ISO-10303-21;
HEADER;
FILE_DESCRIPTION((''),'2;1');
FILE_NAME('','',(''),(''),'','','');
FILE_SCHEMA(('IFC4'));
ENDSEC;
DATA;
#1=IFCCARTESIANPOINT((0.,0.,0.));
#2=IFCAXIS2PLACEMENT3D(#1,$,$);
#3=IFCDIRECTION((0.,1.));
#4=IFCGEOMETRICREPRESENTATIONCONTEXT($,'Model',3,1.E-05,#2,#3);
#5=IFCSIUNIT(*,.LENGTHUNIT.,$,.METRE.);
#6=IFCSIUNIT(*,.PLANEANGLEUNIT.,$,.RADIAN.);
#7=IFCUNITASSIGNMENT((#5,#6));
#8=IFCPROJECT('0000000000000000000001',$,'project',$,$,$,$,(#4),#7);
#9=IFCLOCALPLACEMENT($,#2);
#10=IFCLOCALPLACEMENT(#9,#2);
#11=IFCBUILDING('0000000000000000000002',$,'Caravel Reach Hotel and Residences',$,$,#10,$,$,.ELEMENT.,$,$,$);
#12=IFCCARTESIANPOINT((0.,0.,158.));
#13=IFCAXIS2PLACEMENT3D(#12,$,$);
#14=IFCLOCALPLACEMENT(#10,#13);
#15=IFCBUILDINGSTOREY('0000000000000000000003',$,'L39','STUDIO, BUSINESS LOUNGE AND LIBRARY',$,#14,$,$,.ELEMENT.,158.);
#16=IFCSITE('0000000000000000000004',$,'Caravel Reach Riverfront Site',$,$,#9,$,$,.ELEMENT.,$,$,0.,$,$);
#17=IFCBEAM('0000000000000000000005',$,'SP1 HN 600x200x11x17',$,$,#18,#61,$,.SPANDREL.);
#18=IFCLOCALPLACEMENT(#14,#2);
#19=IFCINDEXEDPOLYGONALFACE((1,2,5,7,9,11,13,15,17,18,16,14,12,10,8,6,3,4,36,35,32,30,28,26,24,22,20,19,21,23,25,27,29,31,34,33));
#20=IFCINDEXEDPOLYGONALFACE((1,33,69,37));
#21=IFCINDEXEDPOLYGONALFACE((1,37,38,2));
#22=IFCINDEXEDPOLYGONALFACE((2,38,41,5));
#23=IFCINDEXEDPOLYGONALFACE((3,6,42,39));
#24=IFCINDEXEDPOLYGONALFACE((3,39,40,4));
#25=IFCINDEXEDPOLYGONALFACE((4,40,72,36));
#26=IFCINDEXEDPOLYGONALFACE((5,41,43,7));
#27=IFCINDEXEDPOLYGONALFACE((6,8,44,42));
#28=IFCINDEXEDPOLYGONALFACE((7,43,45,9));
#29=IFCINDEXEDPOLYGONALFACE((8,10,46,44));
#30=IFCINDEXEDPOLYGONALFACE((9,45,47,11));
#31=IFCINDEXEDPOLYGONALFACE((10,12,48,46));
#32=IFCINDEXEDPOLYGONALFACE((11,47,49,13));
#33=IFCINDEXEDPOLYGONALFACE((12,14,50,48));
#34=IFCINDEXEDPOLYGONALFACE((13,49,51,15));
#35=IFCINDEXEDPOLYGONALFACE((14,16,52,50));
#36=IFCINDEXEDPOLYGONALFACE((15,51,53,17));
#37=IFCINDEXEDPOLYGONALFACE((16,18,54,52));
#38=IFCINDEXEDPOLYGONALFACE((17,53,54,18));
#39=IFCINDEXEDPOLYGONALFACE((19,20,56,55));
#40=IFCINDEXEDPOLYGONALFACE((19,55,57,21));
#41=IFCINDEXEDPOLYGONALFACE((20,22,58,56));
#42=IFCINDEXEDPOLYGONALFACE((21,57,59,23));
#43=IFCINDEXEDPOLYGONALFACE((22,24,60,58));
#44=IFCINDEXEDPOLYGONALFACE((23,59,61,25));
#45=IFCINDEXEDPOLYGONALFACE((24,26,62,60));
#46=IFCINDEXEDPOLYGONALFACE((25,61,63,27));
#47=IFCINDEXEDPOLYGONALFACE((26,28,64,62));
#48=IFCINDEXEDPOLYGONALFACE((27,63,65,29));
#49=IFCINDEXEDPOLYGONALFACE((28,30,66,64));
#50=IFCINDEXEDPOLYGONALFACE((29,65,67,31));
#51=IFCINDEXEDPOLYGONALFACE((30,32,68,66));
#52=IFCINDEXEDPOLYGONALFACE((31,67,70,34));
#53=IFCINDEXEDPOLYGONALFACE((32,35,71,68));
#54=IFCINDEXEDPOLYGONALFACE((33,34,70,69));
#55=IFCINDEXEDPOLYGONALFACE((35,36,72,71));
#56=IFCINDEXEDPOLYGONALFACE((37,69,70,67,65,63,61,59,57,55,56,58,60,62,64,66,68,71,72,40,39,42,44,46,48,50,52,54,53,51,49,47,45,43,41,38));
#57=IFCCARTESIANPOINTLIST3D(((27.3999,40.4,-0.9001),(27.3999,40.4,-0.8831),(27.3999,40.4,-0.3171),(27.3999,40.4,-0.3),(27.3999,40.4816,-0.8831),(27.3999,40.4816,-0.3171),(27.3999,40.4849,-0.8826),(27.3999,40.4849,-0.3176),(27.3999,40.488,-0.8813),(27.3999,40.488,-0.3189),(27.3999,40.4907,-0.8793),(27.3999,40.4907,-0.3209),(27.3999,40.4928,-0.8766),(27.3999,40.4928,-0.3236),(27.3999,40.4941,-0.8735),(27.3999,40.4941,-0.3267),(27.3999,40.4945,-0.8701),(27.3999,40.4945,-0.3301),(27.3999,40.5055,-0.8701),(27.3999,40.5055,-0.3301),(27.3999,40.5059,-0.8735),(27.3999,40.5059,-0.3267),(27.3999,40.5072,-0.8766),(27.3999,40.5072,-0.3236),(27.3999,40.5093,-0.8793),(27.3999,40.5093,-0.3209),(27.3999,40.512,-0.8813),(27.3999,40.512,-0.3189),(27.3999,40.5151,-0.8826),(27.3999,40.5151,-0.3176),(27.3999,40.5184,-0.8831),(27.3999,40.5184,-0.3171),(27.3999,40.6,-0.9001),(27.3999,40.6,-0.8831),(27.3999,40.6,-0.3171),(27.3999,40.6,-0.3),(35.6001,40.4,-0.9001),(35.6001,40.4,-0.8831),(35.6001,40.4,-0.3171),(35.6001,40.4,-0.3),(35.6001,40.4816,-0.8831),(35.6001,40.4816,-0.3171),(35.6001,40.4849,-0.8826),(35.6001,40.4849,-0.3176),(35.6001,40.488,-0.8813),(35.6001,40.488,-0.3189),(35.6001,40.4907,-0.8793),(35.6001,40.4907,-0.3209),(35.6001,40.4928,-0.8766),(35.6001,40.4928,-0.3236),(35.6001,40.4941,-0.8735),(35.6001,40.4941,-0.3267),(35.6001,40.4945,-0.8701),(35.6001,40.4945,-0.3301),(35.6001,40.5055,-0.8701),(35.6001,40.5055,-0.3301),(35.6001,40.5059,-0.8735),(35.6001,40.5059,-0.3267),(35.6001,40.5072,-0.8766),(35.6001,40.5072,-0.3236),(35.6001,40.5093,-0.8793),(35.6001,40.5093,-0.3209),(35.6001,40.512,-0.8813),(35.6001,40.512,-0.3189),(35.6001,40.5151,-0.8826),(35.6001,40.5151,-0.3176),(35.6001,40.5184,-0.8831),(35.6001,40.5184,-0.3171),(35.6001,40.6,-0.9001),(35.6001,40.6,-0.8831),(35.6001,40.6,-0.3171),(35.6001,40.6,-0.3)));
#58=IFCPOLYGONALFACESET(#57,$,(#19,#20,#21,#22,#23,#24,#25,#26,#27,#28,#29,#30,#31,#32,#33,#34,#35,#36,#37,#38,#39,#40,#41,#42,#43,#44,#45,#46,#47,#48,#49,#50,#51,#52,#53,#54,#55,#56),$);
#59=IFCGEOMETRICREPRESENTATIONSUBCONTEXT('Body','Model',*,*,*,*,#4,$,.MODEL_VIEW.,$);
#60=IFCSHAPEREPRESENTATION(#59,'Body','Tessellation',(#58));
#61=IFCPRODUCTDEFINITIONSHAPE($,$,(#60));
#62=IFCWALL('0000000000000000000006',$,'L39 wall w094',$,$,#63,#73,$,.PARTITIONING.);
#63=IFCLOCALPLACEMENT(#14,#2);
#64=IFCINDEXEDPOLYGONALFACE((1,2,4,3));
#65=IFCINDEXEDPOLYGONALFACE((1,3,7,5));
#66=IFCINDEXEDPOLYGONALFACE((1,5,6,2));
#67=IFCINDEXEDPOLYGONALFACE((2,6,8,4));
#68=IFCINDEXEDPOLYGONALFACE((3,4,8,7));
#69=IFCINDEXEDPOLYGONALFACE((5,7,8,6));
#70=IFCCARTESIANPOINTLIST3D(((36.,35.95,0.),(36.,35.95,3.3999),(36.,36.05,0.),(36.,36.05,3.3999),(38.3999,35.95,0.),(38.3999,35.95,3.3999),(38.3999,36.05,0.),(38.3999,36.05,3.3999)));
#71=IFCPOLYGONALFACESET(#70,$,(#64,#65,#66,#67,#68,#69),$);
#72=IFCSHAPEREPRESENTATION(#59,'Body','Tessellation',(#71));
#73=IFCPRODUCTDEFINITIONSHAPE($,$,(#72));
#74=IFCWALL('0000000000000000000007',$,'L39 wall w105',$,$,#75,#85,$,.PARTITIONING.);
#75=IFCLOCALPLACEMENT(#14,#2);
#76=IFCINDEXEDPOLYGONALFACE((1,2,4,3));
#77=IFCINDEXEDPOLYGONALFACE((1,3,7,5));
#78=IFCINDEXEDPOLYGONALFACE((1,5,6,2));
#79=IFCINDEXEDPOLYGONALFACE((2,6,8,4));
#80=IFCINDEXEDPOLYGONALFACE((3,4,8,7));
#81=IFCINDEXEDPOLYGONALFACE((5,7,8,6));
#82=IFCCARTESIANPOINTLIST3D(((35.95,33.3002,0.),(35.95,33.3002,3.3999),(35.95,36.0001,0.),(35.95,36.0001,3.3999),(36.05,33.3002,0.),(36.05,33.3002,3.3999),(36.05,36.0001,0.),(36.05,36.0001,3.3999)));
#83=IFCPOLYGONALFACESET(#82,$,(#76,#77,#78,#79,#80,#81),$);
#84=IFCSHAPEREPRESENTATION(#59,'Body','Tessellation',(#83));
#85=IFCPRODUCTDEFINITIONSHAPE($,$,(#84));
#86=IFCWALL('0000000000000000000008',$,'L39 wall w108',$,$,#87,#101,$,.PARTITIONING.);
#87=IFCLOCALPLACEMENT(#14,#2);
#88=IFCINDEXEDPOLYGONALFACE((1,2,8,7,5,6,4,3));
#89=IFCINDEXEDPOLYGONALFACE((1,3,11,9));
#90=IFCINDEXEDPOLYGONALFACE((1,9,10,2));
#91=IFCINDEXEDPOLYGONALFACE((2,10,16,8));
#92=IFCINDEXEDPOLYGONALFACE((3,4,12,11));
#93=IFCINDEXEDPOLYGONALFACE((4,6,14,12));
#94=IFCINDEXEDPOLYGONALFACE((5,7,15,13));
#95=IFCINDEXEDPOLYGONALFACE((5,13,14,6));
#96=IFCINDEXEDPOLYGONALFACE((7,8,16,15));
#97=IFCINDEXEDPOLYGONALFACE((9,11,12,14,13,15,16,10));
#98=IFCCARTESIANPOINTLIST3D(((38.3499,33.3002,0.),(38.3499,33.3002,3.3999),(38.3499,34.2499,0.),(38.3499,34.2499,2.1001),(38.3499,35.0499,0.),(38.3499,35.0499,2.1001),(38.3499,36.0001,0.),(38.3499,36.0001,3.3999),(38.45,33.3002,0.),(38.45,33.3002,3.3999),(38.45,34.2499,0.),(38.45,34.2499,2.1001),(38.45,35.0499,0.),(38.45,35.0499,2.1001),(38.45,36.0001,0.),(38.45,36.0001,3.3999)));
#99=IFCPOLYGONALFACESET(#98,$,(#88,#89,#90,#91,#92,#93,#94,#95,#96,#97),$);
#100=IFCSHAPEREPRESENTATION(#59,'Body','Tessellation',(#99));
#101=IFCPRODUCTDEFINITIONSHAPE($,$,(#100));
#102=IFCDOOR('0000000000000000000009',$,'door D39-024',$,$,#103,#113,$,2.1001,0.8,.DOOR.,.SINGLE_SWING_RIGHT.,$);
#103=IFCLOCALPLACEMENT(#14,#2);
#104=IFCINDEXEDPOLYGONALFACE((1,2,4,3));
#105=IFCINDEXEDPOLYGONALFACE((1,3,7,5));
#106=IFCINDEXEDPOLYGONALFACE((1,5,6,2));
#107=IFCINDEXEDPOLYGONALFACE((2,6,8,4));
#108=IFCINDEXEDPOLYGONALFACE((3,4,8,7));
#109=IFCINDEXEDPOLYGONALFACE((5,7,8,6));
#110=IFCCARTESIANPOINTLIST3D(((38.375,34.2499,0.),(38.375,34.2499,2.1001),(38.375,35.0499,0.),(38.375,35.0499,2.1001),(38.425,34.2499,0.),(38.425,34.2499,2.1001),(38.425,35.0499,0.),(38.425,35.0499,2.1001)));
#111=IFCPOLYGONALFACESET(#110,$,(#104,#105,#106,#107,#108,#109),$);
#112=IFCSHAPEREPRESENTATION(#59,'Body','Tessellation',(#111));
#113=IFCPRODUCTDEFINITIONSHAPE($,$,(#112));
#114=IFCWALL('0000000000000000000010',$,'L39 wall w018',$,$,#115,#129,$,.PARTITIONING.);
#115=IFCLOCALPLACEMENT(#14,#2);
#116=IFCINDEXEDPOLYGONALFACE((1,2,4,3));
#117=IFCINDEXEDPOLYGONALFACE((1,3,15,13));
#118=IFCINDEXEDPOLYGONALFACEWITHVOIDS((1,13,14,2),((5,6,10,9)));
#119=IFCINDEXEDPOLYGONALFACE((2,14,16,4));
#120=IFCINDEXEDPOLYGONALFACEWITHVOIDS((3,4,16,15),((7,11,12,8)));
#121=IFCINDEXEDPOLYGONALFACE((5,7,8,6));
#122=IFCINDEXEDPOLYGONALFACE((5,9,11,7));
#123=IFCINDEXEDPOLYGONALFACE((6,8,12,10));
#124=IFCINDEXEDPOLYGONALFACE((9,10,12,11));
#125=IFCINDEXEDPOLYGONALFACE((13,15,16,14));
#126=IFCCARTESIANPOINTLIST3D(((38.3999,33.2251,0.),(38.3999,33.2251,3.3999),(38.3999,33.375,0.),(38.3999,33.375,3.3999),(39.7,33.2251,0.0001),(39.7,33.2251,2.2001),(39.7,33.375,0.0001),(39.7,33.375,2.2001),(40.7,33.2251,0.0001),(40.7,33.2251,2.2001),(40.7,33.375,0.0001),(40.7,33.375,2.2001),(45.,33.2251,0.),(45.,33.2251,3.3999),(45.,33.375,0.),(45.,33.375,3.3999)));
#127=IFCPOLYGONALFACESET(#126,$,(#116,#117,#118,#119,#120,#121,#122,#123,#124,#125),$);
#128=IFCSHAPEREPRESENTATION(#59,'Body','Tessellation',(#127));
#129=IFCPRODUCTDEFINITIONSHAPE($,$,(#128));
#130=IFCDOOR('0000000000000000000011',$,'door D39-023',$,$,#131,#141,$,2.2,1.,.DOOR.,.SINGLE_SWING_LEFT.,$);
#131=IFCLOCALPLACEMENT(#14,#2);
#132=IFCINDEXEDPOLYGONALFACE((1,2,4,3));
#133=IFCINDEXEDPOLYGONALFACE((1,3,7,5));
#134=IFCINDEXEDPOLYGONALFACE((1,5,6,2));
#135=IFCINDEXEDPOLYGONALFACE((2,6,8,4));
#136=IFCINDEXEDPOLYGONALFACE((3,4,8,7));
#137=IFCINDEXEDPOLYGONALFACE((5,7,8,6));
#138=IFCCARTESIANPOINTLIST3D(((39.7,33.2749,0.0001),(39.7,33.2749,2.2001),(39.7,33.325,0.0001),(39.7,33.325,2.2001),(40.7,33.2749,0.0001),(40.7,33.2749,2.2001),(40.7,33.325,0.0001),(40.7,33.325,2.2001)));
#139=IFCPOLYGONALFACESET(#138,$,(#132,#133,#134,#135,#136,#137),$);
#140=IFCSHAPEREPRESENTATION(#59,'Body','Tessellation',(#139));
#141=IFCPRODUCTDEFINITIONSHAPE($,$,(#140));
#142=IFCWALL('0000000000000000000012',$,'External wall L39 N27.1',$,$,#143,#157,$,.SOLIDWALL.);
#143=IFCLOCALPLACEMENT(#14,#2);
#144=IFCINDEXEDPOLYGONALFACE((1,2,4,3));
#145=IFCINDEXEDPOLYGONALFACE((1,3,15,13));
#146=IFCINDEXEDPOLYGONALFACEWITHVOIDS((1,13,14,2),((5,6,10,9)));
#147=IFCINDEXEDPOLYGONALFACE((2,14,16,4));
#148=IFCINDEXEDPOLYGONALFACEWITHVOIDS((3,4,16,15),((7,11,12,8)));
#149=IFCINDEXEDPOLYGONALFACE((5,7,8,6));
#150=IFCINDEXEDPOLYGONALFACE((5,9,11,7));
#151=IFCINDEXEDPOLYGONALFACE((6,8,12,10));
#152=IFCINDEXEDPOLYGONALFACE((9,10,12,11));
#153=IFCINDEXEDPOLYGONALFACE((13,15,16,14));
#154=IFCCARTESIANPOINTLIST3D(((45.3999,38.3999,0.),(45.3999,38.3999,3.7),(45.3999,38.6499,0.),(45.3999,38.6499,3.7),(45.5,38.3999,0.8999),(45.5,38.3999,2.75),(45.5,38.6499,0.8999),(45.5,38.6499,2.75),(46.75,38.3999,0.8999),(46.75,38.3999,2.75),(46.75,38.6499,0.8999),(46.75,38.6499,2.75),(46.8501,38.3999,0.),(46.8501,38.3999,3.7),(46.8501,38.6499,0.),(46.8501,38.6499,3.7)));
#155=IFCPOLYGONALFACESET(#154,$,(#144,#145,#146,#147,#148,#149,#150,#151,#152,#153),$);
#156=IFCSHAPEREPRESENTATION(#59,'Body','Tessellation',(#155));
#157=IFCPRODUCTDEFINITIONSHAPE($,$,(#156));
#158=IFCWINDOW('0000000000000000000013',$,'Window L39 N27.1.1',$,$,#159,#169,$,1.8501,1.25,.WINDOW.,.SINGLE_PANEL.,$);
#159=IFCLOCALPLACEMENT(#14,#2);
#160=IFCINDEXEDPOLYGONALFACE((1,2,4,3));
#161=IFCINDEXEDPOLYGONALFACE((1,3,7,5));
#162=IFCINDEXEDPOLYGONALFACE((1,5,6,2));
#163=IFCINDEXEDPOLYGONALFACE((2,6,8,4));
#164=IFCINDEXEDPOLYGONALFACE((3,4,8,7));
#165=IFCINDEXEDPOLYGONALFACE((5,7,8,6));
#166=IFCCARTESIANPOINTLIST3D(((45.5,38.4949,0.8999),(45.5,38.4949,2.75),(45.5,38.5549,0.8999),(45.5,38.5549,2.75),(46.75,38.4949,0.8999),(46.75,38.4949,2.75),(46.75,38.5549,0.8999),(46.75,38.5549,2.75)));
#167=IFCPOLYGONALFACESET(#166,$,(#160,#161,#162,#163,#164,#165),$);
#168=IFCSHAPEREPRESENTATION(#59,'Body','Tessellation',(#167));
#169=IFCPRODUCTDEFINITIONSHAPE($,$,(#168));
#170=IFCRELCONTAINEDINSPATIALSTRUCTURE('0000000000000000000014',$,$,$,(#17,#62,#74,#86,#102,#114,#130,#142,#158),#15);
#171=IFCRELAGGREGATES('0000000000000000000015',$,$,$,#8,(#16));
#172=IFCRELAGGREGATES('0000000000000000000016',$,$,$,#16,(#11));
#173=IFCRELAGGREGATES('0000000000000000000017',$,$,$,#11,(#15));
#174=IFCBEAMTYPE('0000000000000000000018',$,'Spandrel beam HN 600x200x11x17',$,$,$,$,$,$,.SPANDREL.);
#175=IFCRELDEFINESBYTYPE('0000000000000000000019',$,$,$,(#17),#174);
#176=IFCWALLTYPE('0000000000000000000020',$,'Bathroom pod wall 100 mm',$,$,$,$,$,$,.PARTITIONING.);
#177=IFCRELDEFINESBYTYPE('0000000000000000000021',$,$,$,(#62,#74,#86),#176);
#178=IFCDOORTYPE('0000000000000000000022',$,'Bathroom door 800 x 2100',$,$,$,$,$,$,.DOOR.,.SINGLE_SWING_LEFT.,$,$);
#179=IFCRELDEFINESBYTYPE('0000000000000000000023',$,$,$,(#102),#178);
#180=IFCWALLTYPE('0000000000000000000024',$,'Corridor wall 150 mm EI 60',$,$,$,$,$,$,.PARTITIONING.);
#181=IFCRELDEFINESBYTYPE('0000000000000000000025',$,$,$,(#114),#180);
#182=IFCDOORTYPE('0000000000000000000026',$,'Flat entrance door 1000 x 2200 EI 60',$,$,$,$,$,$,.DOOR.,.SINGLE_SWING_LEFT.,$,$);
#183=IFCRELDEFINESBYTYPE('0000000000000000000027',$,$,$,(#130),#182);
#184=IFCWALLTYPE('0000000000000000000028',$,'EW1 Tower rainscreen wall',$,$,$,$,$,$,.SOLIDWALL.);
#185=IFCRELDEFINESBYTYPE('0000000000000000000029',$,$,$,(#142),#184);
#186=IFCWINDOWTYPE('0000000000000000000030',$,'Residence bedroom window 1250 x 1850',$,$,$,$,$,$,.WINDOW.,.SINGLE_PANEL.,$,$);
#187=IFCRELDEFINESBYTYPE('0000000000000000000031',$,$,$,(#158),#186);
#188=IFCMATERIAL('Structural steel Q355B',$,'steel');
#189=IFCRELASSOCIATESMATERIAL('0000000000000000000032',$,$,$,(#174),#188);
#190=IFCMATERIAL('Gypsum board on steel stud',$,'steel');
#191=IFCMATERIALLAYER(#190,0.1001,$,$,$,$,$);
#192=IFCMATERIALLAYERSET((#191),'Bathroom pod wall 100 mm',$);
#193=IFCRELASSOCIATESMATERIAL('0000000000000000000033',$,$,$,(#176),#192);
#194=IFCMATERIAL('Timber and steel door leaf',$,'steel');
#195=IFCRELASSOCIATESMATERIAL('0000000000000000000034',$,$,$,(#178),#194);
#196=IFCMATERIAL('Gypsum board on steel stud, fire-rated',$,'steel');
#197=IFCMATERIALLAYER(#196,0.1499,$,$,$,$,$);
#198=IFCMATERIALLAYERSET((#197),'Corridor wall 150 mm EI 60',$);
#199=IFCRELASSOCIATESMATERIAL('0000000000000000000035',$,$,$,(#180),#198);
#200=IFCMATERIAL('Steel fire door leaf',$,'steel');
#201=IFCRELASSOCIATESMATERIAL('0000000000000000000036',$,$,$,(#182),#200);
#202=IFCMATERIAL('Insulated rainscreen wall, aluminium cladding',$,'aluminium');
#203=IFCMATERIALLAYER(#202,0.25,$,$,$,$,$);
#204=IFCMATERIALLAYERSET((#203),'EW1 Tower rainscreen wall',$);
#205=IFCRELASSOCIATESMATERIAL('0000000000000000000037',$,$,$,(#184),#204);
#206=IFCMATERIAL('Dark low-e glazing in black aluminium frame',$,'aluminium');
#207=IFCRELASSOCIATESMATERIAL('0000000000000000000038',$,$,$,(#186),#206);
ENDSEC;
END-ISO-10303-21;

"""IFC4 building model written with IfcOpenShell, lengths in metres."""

from ifc_helpers import new_model, si_unit, direction, frame, frame_2d, origin, origin_2d, place, context, subcontext, project, spatial, rectangle, i_section, extrude, material, layer, layer_set, material_profile, profile_set, type_object, element, fill, save


model = new_model("IFC4")

# Units and contexts
model_context = context("Model", 3, precision=1e-05, world=origin(), true_north=direction((0.0, 1.0)))
body_context = subcontext(model_context, "Body", "Model", "MODEL_VIEW")
ifc_project = project(units=[si_unit("LENGTHUNIT", "METRE"), si_unit("PLANEANGLEUNIT", "RADIAN")], contexts=[model_context])

# Site, building, storey
site_placement = place(None, origin())
site = spatial("IfcSite", under=ifc_project, at=site_placement, Name="Caravel Reach Riverfront Site", CompositionType="ELEMENT", RefElevation=0.0)
building_placement = place(site_placement, origin())
building = spatial("IfcBuilding", under=site, at=building_placement, Name="Caravel Reach Hotel and Residences", CompositionType="ELEMENT")
storey_placement = place(building_placement, frame((0.0, 0.0, 158.0)))
storey = spatial("IfcBuildingStorey", under=building, at=storey_placement, Name="L39", Description="STUDIO, BUSINESS LOUNGE AND LIBRARY", CompositionType="ELEMENT", Elevation=158.0)

# Beam
ifc_material_1 = material(Name="Structural steel Q355B", Category="steel")
ifc_material_profile_1 = material_profile(ifc_material_1, i_section(OverallWidth=0.2, OverallDepth=0.6001, WebThickness=0.011, FlangeThickness=0.0171, FilletRadius=0.0129, at=origin_2d()), Name="HN 600x200x11x17")
ifc_profile_set_1 = profile_set([ifc_material_profile_1], Name="Structural steel Q355B")
beam_type = type_object("IfcBeamType", Name="Spandrel beam HN 600x200x11x17", PredefinedType="SPANDREL", material=ifc_profile_set_1)
for number, where, z_axis, x_axis, name in (
    (1, (35.6001, 40.5, -0.6001), (-1.0, 0.0, 0.0), (0.0, -1.0, 0.0), "SP1 HN 600x200x11x17"),
):
    element("IfcBeam", number, at=place(storey_placement, frame(where, z_axis=z_axis, x_axis=x_axis)), inside=storey, type_object=beam_type, Name=name, PredefinedType="SPANDREL", context=body_context, shape_type="SweptSolid", body=[
        extrude(i_section(OverallWidth=0.2, OverallDepth=0.6001, WebThickness=0.011, FlangeThickness=0.0171, FilletRadius=0.0129, at=origin_2d()), origin(), (0.0, 0.0, 1.0), 8.2002),
    ])

# Walls
ifc_material_2 = material(Name="Gypsum board on steel stud", Category="steel")
ifc_layer_1 = layer(ifc_material_2, 0.1001)
ifc_layer_set_1 = layer_set([ifc_layer_1], Name="Bathroom pod wall 100 mm")
wall_type_1 = type_object("IfcWallType", Name="Bathroom pod wall 100 mm", PredefinedType="PARTITIONING", material=ifc_layer_set_1)
wall_1_placement = place(storey_placement, frame((36.0, 36.0, 0.0), z_axis=(0.0, 0.0, 1.0), x_axis=(1.0, 0.0, 0.0)))
element("IfcWall", 2, at=wall_1_placement, inside=storey, type_object=wall_type_1, Name="L39 wall w094", PredefinedType="PARTITIONING", context=body_context, shape_type="SweptSolid", body=[
    extrude(rectangle(XDim=2.3999, YDim=0.1001, at=frame_2d((1.2, 0.0))), origin(), (0.0, 0.0, 1.0), 3.3999),
])
wall_2_placement = place(storey_placement, frame((36.0, 33.3, 0.0), z_axis=(0.0, 0.0, 1.0), x_axis=(0.0, 1.0, 0.0)))
element("IfcWall", 3, at=wall_2_placement, inside=storey, type_object=wall_type_1, Name="L39 wall w105", PredefinedType="PARTITIONING", context=body_context, shape_type="SweptSolid", body=[
    extrude(rectangle(XDim=2.7, YDim=0.1001, at=frame_2d((1.3501, 0.0))), origin(), (0.0, 0.0, 1.0), 3.3999),
])

# Walls, openings, doors
wall_3_placement = place(storey_placement, frame((38.3999, 33.3, 0.0), z_axis=(0.0, 0.0, 1.0), x_axis=(0.0, 1.0, 0.0)))
wall_3 = element("IfcWall", 4, at=wall_3_placement, inside=storey, type_object=wall_type_1, Name="L39 wall w108", PredefinedType="PARTITIONING", context=body_context, shape_type="SweptSolid", body=[
    extrude(rectangle(XDim=2.7, YDim=0.1001, at=frame_2d((1.3501, 0.0))), origin(), (0.0, 0.0, 1.0), 3.3999),
])
opening_1_placement = place(wall_3_placement, frame((0.95, 0.0, 0.0)))
opening_1 = element("IfcOpeningElement", 5, at=opening_1_placement, cuts=wall_3, PredefinedType="OPENING", context=body_context, shape_type="SweptSolid", body=[
    extrude(rectangle(XDim=0.8, YDim=2.1001, at=frame_2d((0.3999, 1.05))), frame((0.0, 0.0601, 0.0), z_axis=(0.0, -1.0, 0.0), x_axis=(1.0, 0.0, 0.0)), (0.0, 0.0, 1.0), 0.1201),
])
ifc_material_3 = material(Name="Timber and steel door leaf", Category="steel")
door_type_1 = type_object("IfcDoorType", Name="Bathroom door 800 x 2100", OperationType="SINGLE_SWING_LEFT", PredefinedType="DOOR", material=ifc_material_3)
door_1_placement = place(opening_1_placement, origin())
door_1 = element("IfcDoor", 6, at=door_1_placement, inside=storey, type_object=door_type_1, Name="door D39-024", OperationType="SINGLE_SWING_RIGHT", OverallHeight=2.1001, OverallWidth=0.8, PredefinedType="DOOR", context=body_context, shape_type="SweptSolid", body=[
    extrude(rectangle(XDim=0.8, YDim=2.1001, at=frame_2d((0.3999, 1.05))), frame((0.0, 0.0249, 0.0), z_axis=(0.0, -1.0, 0.0), x_axis=(1.0, 0.0, 0.0)), (0.0, 0.0, 1.0), 0.05),
])
fill(opening_1, door_1)
ifc_material_4 = material(Name="Gypsum board on steel stud, fire-rated", Category="steel")
ifc_layer_2 = layer(ifc_material_4, 0.1499)
ifc_layer_set_2 = layer_set([ifc_layer_2], Name="Corridor wall 150 mm EI 60")
wall_type_2 = type_object("IfcWallType", Name="Corridor wall 150 mm EI 60", PredefinedType="PARTITIONING", material=ifc_layer_set_2)
wall_4_placement = place(storey_placement, frame((38.3999, 33.3, 0.0), z_axis=(0.0, 0.0, 1.0), x_axis=(1.0, 0.0, 0.0)))
wall_4 = element("IfcWall", 7, at=wall_4_placement, inside=storey, type_object=wall_type_2, Name="L39 wall w018", PredefinedType="PARTITIONING", context=body_context, shape_type="SweptSolid", body=[
    extrude(rectangle(XDim=6.6001, YDim=0.1499, at=frame_2d((3.3, 0.0))), origin(), (0.0, 0.0, 1.0), 3.3999),
])
opening_2_placement = place(wall_4_placement, frame((1.3, 0.0, 0.0)))
opening_2 = element("IfcOpeningElement", 8, at=opening_2_placement, cuts=wall_4, PredefinedType="OPENING", context=body_context, shape_type="SweptSolid", body=[
    extrude(rectangle(XDim=1.0, YDim=2.2, at=frame_2d((0.5, 1.1001))), frame((0.0, 0.085, 0.0), z_axis=(0.0, -1.0, 0.0), x_axis=(1.0, 0.0, 0.0)), (0.0, 0.0, 1.0), 0.1699),
])
ifc_material_5 = material(Name="Steel fire door leaf", Category="steel")
door_type_2 = type_object("IfcDoorType", Name="Flat entrance door 1000 x 2200 EI 60", OperationType="SINGLE_SWING_LEFT", PredefinedType="DOOR", material=ifc_material_5)
door_2_placement = place(opening_2_placement, origin())
door_2 = element("IfcDoor", 9, at=door_2_placement, inside=storey, type_object=door_type_2, Name="door D39-023", OperationType="SINGLE_SWING_LEFT", OverallHeight=2.2, OverallWidth=1.0, PredefinedType="DOOR", context=body_context, shape_type="SweptSolid", body=[
    extrude(rectangle(XDim=1.0, YDim=2.2, at=frame_2d((0.5, 1.1001))), frame((0.0, 0.0249, 0.0), z_axis=(0.0, -1.0, 0.0), x_axis=(1.0, 0.0, 0.0)), (0.0, 0.0, 1.0), 0.05),
])
fill(opening_2, door_2)

# Wall, opening, window
ifc_material_6 = material(Name="Insulated rainscreen wall, aluminium cladding", Category="aluminium")
ifc_layer_3 = layer(ifc_material_6, 0.25)
ifc_layer_set_3 = layer_set([ifc_layer_3], Name="EW1 Tower rainscreen wall")
wall_type_3 = type_object("IfcWallType", Name="EW1 Tower rainscreen wall", PredefinedType="SOLIDWALL", material=ifc_layer_set_3)
wall_5_placement = place(storey_placement, frame((46.8501, 38.5249, 0.0), z_axis=(0.0, 0.0, 1.0), x_axis=(-1.0, 0.0, 0.0)))
wall_5 = element("IfcWall", 10, at=wall_5_placement, inside=storey, type_object=wall_type_3, Name="External wall L39 N27.1", PredefinedType="SOLIDWALL", context=body_context, shape_type="SweptSolid", body=[
    extrude(rectangle(XDim=1.4502, YDim=0.25, at=frame_2d((0.7251, 0.0))), origin(), (0.0, 0.0, 1.0), 3.7),
])
opening_3_placement = place(wall_5_placement, frame((0.1001, 0.0, 0.8999)))
opening_3 = element("IfcOpeningElement", 11, at=opening_3_placement, cuts=wall_5, PredefinedType="OPENING", context=body_context, shape_type="SweptSolid", body=[
    extrude(rectangle(XDim=1.25, YDim=1.8501, at=frame_2d((0.625, 0.925))), frame((0.0, 0.135, 0.0), z_axis=(0.0, -1.0, 0.0), x_axis=(1.0, 0.0, 0.0)), (0.0, 0.0, 1.0), 0.27),
])
ifc_material_7 = material(Name="Dark low-e glazing in black aluminium frame", Category="aluminium")
window_type_1 = type_object("IfcWindowType", Name="Residence bedroom window 1250 x 1850", PartitioningType="SINGLE_PANEL", PredefinedType="WINDOW", material=ifc_material_7)
window_1_placement = place(opening_3_placement, origin())
window_1 = element("IfcWindow", 12, at=window_1_placement, inside=storey, type_object=window_type_1, Name="Window L39 N27.1.1", OverallHeight=1.8501, OverallWidth=1.25, PartitioningType="SINGLE_PANEL", PredefinedType="WINDOW", context=body_context, shape_type="SweptSolid", body=[
    extrude(rectangle(XDim=1.25, YDim=1.8501, at=frame_2d((0.625, 0.925))), frame((0.0, 0.03, 0.0), z_axis=(0.0, -1.0, 0.0), x_axis=(1.0, 0.0, 0.0)), (0.0, 0.0, 1.0), 0.0601),
])
fill(opening_3, window_1)

save(model, "model.ifc")
